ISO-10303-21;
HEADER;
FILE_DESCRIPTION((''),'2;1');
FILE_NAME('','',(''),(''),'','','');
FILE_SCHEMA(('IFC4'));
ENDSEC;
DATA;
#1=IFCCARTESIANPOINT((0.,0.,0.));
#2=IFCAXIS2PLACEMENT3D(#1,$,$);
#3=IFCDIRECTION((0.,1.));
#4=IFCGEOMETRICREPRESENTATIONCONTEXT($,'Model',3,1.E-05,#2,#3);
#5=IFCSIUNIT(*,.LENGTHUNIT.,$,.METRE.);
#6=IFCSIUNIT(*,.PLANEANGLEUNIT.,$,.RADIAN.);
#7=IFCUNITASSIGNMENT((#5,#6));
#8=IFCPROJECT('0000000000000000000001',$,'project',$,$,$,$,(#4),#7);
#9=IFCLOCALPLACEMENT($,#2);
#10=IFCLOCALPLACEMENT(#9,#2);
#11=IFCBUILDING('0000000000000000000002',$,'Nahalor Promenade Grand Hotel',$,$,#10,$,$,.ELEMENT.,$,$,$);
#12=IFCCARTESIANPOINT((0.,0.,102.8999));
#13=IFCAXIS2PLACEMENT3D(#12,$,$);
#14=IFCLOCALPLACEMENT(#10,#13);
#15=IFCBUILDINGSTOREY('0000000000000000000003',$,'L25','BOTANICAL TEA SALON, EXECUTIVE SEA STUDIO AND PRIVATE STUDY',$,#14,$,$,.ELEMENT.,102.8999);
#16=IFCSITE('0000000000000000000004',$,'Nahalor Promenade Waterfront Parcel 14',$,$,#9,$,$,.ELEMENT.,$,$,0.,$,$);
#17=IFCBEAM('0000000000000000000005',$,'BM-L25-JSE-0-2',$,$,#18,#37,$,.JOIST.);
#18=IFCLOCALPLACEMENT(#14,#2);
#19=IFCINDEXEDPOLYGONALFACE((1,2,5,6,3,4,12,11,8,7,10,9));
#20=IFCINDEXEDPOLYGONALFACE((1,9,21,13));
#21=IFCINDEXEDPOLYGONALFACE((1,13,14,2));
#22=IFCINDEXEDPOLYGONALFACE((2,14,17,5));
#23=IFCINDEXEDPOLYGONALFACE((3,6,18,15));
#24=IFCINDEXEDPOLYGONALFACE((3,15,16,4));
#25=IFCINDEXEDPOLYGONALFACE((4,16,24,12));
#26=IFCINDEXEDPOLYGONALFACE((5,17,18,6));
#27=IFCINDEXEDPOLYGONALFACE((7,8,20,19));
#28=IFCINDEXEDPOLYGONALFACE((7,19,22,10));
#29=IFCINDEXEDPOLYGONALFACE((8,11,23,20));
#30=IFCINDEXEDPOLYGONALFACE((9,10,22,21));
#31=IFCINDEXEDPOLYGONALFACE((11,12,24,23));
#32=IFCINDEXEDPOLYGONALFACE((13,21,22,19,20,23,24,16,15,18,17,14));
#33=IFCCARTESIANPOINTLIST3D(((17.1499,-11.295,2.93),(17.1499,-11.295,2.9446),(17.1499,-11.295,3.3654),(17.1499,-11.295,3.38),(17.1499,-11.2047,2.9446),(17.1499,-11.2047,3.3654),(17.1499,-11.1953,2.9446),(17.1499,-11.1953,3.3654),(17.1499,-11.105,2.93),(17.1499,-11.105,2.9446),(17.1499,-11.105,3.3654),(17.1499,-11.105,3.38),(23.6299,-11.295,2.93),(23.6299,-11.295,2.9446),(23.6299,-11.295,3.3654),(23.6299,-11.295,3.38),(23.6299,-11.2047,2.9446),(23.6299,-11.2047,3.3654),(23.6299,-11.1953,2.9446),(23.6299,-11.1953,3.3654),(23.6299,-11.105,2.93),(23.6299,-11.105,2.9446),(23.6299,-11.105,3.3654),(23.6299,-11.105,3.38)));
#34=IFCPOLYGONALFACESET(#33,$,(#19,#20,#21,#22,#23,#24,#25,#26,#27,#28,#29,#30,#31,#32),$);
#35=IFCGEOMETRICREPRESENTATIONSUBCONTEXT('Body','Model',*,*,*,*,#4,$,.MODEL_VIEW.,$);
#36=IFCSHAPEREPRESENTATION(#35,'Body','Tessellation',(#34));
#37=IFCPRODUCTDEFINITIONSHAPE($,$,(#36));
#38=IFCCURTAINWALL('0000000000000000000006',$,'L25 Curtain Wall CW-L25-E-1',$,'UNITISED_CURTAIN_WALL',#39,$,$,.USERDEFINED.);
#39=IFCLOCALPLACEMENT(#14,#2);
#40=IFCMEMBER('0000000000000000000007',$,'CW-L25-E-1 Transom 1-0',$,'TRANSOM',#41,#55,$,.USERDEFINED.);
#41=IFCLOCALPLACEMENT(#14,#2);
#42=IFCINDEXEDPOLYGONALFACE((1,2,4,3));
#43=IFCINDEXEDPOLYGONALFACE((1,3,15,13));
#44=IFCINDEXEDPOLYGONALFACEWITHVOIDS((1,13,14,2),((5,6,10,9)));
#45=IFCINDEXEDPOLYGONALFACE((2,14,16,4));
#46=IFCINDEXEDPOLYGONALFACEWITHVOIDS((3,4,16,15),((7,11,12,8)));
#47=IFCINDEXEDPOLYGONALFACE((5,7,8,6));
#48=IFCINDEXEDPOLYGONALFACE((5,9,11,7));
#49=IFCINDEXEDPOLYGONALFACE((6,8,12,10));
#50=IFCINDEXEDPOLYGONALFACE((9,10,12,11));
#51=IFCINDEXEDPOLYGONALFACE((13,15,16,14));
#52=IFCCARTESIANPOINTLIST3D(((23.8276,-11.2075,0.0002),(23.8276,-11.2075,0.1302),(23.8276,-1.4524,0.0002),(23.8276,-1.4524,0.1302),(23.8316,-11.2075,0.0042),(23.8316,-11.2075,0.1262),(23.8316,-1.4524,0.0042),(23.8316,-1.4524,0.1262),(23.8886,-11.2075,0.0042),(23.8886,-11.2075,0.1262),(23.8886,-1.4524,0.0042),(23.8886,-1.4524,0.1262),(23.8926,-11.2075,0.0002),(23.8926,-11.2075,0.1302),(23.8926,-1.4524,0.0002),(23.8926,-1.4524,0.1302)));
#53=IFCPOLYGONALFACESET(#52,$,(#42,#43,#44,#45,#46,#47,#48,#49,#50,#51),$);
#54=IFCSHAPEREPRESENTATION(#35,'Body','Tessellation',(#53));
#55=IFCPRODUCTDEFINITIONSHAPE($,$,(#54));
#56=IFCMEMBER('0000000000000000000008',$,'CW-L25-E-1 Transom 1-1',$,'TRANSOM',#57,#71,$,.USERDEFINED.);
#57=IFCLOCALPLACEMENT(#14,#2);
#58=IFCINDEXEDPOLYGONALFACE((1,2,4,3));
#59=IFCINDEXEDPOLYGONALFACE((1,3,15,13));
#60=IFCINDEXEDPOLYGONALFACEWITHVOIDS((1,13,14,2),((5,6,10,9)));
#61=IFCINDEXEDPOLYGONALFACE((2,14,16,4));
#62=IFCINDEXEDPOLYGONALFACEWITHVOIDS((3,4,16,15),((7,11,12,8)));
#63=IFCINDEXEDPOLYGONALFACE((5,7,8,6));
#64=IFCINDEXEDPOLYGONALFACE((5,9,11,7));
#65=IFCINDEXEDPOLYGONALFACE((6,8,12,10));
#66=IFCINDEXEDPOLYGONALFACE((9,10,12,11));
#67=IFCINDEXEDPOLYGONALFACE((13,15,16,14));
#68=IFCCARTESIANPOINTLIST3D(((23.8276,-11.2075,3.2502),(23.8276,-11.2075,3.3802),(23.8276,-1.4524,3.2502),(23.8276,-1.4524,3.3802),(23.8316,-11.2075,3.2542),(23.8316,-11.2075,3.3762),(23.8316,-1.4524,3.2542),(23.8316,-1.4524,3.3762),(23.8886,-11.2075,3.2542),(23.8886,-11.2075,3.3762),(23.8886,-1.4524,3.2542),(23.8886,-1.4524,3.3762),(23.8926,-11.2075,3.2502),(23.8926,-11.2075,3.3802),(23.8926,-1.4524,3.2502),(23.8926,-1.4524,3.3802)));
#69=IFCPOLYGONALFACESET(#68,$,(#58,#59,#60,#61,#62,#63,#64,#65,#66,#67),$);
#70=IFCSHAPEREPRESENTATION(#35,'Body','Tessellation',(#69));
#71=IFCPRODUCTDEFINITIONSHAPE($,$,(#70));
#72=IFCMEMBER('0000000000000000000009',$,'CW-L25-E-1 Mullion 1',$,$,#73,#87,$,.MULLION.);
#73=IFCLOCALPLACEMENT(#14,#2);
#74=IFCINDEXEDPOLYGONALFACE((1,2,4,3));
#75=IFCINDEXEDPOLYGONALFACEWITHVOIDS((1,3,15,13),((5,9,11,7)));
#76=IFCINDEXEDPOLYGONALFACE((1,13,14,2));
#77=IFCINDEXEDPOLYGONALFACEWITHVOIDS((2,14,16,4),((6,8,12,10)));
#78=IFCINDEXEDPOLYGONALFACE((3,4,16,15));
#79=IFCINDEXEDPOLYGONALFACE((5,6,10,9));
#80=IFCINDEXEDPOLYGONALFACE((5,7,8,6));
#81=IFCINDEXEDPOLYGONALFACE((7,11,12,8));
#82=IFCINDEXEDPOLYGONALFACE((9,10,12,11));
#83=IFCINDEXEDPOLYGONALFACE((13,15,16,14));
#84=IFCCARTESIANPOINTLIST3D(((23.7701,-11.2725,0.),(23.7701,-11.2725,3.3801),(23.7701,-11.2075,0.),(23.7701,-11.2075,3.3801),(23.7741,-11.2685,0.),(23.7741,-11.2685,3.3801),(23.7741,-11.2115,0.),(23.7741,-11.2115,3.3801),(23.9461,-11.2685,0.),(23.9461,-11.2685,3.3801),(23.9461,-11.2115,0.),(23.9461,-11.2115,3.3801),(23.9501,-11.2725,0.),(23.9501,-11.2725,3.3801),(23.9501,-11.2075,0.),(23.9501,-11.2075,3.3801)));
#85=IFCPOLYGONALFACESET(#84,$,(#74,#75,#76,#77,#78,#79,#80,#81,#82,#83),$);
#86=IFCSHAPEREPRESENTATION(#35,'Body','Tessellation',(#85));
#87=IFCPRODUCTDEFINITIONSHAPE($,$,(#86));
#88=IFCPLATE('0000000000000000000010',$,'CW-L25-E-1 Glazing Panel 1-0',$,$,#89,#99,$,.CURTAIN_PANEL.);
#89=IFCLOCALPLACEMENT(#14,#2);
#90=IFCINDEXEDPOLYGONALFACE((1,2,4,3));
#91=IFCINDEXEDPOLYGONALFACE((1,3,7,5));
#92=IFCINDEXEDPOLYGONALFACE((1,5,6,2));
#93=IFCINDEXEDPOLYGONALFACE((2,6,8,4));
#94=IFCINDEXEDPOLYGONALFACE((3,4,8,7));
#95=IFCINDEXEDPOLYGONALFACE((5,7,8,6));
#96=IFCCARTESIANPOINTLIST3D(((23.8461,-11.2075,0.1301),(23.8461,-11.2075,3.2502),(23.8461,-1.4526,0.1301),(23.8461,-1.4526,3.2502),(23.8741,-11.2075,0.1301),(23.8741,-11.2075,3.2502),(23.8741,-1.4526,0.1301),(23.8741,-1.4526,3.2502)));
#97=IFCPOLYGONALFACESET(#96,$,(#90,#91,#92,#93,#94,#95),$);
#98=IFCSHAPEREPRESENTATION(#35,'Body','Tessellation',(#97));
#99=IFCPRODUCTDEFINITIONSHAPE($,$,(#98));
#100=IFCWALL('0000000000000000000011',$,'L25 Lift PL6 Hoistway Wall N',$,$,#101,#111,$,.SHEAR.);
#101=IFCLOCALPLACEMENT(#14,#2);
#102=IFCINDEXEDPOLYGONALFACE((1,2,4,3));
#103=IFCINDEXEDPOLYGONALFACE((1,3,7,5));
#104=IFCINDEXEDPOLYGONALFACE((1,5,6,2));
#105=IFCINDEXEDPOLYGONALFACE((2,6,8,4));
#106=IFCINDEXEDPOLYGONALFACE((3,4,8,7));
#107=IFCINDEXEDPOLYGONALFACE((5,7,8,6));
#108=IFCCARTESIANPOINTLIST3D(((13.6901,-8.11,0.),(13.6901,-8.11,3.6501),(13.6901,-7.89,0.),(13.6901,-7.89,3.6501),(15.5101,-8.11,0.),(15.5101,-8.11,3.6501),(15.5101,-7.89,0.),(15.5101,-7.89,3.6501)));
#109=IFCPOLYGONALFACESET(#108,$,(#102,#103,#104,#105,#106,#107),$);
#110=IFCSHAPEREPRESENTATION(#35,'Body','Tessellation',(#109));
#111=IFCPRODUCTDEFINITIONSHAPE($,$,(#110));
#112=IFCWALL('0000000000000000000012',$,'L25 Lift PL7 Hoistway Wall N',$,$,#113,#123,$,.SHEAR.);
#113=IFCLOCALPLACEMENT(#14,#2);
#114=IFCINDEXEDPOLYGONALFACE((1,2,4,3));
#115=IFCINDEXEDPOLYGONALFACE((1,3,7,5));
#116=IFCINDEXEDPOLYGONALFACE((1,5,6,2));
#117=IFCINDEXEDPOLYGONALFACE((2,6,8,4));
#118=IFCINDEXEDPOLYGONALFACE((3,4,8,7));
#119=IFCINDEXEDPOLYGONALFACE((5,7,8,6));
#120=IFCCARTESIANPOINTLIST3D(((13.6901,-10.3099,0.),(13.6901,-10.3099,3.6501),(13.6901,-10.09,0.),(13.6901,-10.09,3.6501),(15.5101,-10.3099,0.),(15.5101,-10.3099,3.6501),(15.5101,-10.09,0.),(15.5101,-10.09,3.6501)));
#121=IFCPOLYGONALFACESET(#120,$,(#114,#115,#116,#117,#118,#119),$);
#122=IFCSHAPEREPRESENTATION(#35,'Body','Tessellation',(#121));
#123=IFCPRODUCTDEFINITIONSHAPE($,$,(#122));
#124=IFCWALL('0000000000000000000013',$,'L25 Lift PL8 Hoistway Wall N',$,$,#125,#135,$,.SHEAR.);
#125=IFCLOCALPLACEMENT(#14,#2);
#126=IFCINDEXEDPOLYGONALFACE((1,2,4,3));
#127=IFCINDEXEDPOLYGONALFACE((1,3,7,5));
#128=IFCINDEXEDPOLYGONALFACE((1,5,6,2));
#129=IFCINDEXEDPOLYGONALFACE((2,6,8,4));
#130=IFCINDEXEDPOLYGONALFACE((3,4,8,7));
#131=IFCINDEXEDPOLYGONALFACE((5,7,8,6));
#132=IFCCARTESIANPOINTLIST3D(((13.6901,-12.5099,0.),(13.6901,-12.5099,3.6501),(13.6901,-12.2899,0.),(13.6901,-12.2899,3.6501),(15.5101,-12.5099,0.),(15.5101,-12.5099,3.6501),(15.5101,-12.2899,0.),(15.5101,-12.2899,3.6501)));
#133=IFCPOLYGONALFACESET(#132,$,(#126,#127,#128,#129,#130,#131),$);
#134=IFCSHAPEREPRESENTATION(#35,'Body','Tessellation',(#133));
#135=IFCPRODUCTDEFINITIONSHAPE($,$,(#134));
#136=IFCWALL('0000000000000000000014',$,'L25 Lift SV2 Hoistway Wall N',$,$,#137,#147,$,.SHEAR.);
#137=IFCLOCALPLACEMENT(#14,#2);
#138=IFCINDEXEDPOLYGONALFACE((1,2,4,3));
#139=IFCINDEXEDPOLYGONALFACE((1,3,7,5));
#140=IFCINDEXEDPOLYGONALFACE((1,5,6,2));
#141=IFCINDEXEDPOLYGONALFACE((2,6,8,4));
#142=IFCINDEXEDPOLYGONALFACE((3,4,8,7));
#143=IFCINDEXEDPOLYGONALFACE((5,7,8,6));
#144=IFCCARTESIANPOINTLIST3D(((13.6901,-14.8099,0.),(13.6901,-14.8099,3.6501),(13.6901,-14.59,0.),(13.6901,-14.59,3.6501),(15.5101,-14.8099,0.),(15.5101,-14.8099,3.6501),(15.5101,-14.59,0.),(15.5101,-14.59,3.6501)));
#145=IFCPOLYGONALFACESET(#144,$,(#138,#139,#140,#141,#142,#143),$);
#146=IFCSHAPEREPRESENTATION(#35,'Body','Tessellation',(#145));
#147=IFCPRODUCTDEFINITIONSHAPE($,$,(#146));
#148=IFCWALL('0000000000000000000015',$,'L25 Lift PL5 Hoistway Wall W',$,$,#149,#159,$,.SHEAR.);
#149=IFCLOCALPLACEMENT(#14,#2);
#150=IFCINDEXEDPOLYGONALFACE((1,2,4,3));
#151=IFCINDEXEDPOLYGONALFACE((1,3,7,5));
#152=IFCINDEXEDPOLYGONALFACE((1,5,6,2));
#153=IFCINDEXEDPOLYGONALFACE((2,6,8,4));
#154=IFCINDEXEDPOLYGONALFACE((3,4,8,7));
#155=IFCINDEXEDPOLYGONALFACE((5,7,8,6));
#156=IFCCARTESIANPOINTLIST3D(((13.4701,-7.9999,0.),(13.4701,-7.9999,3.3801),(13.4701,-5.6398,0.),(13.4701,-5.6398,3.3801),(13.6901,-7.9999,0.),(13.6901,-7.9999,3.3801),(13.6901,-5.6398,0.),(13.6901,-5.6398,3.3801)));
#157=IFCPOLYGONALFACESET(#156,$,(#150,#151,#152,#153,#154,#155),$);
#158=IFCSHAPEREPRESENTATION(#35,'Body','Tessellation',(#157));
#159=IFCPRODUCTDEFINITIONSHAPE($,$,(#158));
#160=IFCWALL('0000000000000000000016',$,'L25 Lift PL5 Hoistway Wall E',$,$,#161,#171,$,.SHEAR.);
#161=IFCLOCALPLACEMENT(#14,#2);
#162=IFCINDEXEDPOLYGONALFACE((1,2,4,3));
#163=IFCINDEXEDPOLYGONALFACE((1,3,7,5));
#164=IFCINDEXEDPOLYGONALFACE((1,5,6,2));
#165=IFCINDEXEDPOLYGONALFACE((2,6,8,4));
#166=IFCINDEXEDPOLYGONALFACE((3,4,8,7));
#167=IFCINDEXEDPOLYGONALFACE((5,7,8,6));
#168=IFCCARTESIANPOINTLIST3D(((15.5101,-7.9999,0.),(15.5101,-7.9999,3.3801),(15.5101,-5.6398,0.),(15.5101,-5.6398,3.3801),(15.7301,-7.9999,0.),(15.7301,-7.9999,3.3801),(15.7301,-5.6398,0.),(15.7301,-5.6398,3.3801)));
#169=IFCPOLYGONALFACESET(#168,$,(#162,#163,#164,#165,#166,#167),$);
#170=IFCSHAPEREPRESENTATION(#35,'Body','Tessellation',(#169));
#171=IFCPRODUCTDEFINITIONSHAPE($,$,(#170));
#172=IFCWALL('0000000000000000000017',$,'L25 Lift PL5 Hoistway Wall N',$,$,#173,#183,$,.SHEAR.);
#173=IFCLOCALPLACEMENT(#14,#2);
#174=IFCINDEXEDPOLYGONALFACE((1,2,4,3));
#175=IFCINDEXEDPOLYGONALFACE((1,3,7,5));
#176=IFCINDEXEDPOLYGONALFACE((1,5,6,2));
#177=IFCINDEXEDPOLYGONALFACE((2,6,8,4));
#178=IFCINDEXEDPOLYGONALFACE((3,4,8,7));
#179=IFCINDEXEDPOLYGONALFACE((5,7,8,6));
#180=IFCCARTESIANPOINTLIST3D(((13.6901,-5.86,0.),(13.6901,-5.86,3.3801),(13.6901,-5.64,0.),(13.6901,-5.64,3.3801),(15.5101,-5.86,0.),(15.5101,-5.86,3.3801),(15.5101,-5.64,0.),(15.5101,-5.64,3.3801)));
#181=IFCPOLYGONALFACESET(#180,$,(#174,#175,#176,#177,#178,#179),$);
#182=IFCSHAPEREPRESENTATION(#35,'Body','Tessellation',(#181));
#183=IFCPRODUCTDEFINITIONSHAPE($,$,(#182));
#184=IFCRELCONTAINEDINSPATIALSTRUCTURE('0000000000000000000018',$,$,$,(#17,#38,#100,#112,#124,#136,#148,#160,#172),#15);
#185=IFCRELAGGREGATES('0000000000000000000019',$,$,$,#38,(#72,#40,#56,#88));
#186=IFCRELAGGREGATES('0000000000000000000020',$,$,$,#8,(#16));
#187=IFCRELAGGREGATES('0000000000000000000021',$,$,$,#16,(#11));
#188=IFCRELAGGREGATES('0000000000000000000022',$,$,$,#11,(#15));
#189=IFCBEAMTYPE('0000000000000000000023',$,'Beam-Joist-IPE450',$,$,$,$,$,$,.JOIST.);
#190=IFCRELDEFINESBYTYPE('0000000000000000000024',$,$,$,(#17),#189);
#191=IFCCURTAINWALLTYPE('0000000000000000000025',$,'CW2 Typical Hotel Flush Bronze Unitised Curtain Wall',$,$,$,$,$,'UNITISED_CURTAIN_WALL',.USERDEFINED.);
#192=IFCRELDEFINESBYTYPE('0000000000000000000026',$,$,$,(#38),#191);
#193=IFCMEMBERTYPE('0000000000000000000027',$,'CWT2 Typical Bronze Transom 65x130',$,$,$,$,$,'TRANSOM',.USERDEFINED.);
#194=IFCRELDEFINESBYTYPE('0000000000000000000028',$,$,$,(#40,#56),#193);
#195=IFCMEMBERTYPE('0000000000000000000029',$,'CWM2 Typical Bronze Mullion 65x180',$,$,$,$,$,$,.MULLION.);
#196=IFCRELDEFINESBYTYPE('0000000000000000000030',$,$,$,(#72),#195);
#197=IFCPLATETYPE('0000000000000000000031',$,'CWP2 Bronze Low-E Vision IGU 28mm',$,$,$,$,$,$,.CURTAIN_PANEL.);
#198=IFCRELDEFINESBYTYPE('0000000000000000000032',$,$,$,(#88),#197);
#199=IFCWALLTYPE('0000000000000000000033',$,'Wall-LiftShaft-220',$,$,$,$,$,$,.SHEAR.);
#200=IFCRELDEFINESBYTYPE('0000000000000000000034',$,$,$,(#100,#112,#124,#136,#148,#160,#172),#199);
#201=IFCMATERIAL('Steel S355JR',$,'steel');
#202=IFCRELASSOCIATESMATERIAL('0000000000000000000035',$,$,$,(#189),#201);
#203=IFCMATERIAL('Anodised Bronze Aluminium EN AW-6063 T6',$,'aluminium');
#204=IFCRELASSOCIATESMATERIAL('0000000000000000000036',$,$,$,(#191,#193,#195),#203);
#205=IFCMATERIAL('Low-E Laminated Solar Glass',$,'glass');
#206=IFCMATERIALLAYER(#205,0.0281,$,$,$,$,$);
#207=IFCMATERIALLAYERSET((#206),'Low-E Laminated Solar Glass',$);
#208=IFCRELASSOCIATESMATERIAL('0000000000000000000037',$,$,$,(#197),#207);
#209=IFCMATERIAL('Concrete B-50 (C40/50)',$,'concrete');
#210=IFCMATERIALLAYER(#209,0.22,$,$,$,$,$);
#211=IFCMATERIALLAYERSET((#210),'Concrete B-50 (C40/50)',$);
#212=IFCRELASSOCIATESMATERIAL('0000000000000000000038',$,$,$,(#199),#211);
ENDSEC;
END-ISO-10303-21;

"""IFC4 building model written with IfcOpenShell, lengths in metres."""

from ifc_helpers import new_model, si_unit, direction, frame, frame_2d, origin, origin_2d, place, context, subcontext, project, spatial, rectangle, hollow_rectangle, i_section, extrude, source, transform, mapped, material, layer, layer_set, material_profile, profile_set, type_object, element, aggregate, save


model = new_model("IFC4")

# Units and contexts
model_context = context("Model", 3, precision=1e-05, world=origin(), true_north=direction((0.0, 1.0)))
body_context = subcontext(model_context, "Body", "Model", "MODEL_VIEW")
ifc_project = project(units=[si_unit("LENGTHUNIT", "METRE"), si_unit("PLANEANGLEUNIT", "RADIAN")], contexts=[model_context])

# Site, building, storey
site_placement = place(None, origin())
site = spatial("IfcSite", under=ifc_project, at=site_placement, Name="Nahalor Promenade Waterfront Parcel 14", CompositionType="ELEMENT", RefElevation=0.0)
building_placement = place(site_placement, origin())
building = spatial("IfcBuilding", under=site, at=building_placement, Name="Nahalor Promenade Grand Hotel", CompositionType="ELEMENT")
storey_placement = place(building_placement, frame((0.0, 0.0, 102.8999)))
storey = spatial("IfcBuildingStorey", under=building, at=storey_placement, Name="L25", Description="BOTANICAL TEA SALON, EXECUTIVE SEA STUDIO AND PRIVATE STUDY", CompositionType="ELEMENT", Elevation=102.8999)

# Beam
ifc_material_1 = material(Name="Steel S355JR", Category="steel")
ifc_material_profile_1 = material_profile(ifc_material_1, i_section(OverallWidth=0.19, OverallDepth=0.45, WebThickness=0.0094, FlangeThickness=0.0146, at=origin_2d()), Name="IPE 450")
ifc_profile_set_1 = profile_set([ifc_material_profile_1], Name="Steel S355JR")
beam_type_1 = type_object("IfcBeamType", Name="Beam-Joist-IPE450", PredefinedType="JOIST", material=ifc_profile_set_1)
shared_shape_1 = source(origin(), body_context, "Body", "SweptSolid", [
    extrude(i_section(OverallWidth=0.19, OverallDepth=0.45, WebThickness=0.0094, FlangeThickness=0.0146, at=origin_2d()), origin(), (0.0, 0.0, 1.0), 6.48),
])
beam_1_placement = place(storey_placement, frame((17.1499, -11.2, 3.155), z_axis=(1.0, 0.0, 0.0), x_axis=(0.0, 1.0, 0.0)))
element("IfcBeam", 1, at=beam_1_placement, inside=storey, type_object=beam_type_1, Name="BM-L25-JSE-0-2", PredefinedType="JOIST", context=body_context, shape_type="MappedRepresentation", body=[
    mapped(shared_shape_1, transform((0.0, 0.0, 0.0), scale=1.0)),
])

# Curtain wall, members, plate
ifc_material_2 = material(Name="Anodised Bronze Aluminium EN AW-6063 T6", Category="aluminium")
curtain_wall_type = type_object("IfcCurtainWallType", Name="CW2 Typical Hotel Flush Bronze Unitised Curtain Wall", ElementType="UNITISED_CURTAIN_WALL", PredefinedType="USERDEFINED", material=ifc_material_2)
curtain_wall_placement = place(storey_placement, origin())
curtain_wall = element("IfcCurtainWall", 2, at=curtain_wall_placement, inside=storey, type_object=curtain_wall_type, Name="L25 Curtain Wall CW-L25-E-1", ObjectType="UNITISED_CURTAIN_WALL", PredefinedType="USERDEFINED")
ifc_material_profile_2 = material_profile(ifc_material_2, hollow_rectangle(XDim=0.065, YDim=0.13, WallThickness=0.004, at=origin_2d()), Name="CWT 65x130x4")
ifc_profile_set_2 = profile_set([ifc_material_profile_2], Name="Anodised Bronze Aluminium EN AW-6063 T6")
member_type_1 = type_object("IfcMemberType", Name="CWT2 Typical Bronze Transom 65x130", ElementType="TRANSOM", PredefinedType="USERDEFINED", material=ifc_profile_set_2)
shared_shape_2 = source(origin(), body_context, "Body", "SweptSolid", [
    extrude(hollow_rectangle(XDim=0.065, YDim=0.13, WallThickness=0.004, at=origin_2d()), origin(), (0.0, 0.0, 1.0), 9.7551),
])
member_1_placement = place(storey_placement, frame((23.8601, -11.2075, 0.0652), z_axis=(0.0, 1.0, 0.0), x_axis=(-1.0, 0.0, 0.0)))
member_1 = element("IfcMember", 3, at=member_1_placement, type_object=member_type_1, Name="CW-L25-E-1 Transom 1-0", ObjectType="TRANSOM", PredefinedType="USERDEFINED", context=body_context, shape_type="MappedRepresentation", body=[
    mapped(shared_shape_2, transform((0.0, 0.0, 0.0), scale=1.0)),
])
member_2_placement = place(storey_placement, frame((23.8601, -11.2075, 3.3152), z_axis=(0.0, 1.0, 0.0), x_axis=(-1.0, 0.0, 0.0)))
member_2 = element("IfcMember", 4, at=member_2_placement, type_object=member_type_1, Name="CW-L25-E-1 Transom 1-1", ObjectType="TRANSOM", PredefinedType="USERDEFINED", context=body_context, shape_type="MappedRepresentation", body=[
    mapped(shared_shape_2, transform((0.0, 0.0, 0.0), scale=1.0)),
])
ifc_material_profile_3 = material_profile(ifc_material_2, hollow_rectangle(XDim=0.065, YDim=0.18, WallThickness=0.004, at=origin_2d()), Name="CWM 65x180x4")
ifc_profile_set_3 = profile_set([ifc_material_profile_3], Name="Anodised Bronze Aluminium EN AW-6063 T6")
member_type_2 = type_object("IfcMemberType", Name="CWM2 Typical Bronze Mullion 65x180", PredefinedType="MULLION", material=ifc_profile_set_3)
shared_shape_3 = source(origin(), body_context, "Body", "SweptSolid", [
    extrude(hollow_rectangle(XDim=0.065, YDim=0.18, WallThickness=0.004, at=origin_2d()), origin(), (0.0, 0.0, 1.0), 3.3801),
])
member_3_placement = place(storey_placement, frame((23.8601, -11.24, 0.0), z_axis=(0.0, 0.0, 1.0), x_axis=(0.0, 1.0, 0.0)))
member_3 = element("IfcMember", 5, at=member_3_placement, type_object=member_type_2, Name="CW-L25-E-1 Mullion 1", PredefinedType="MULLION", context=body_context, shape_type="MappedRepresentation", body=[
    mapped(shared_shape_3, transform((0.0, 0.0, 0.0), scale=1.0)),
])
ifc_material_3 = material(Name="Low-E Laminated Solar Glass", Category="glass")
ifc_layer_1 = layer(ifc_material_3, 0.0281)
ifc_layer_set_1 = layer_set([ifc_layer_1], Name="Low-E Laminated Solar Glass")
plate_type = type_object("IfcPlateType", Name="CWP2 Bronze Low-E Vision IGU 28mm", PredefinedType="CURTAIN_PANEL", material=ifc_layer_set_1)
shared_shape_4 = source(origin(), body_context, "Body", "SweptSolid", [
    extrude(rectangle(XDim=9.7549, YDim=0.0281, at=origin_2d()), origin(), (0.0, 0.0, 1.0), 3.1201),
])
plate_placement = place(storey_placement, frame((23.8601, -6.3301, 0.1301), z_axis=(0.0, 0.0, 1.0), x_axis=(0.0, 1.0, 0.0)))
plate = element("IfcPlate", 6, at=plate_placement, type_object=plate_type, Name="CW-L25-E-1 Glazing Panel 1-0", PredefinedType="CURTAIN_PANEL", context=body_context, shape_type="MappedRepresentation", body=[
    mapped(shared_shape_4, transform((0.0, 0.0, 0.0), scale=1.0)),
])
aggregate(curtain_wall, [member_3, member_1, member_2, plate])

# Walls
ifc_material_4 = material(Name="Concrete B-50 (C40/50)", Category="concrete")
ifc_layer_2 = layer(ifc_material_4, 0.22)
ifc_layer_set_2 = layer_set([ifc_layer_2], Name="Concrete B-50 (C40/50)")
wall_type_1 = type_object("IfcWallType", Name="Wall-LiftShaft-220", PredefinedType="SHEAR", material=ifc_layer_set_2)
shared_shape_5 = source(origin(), body_context, "Body", "SweptSolid", [
    extrude(rectangle(XDim=1.8201, YDim=0.22, at=frame_2d((0.9102, 0.0))), origin(), (0.0, 0.0, 1.0), 3.6501),
])
for number, where, z_axis, x_axis, name in (
    (7, (13.6899, -8.0, 0.0), (0.0, 0.0, 1.0), (1.0, 0.0, 0.0), "L25 Lift PL6 Hoistway Wall N"),
    (8, (13.6899, -10.2, 0.0), (0.0, 0.0, 1.0), (1.0, 0.0, 0.0), "L25 Lift PL7 Hoistway Wall N"),
    (9, (13.6899, -12.3999, 0.0), (0.0, 0.0, 1.0), (1.0, 0.0, 0.0), "L25 Lift PL8 Hoistway Wall N"),
    (10, (13.6899, -14.7, 0.0), (0.0, 0.0, 1.0), (1.0, 0.0, 0.0), "L25 Lift SV2 Hoistway Wall N"),
):
    element("IfcWall", number, at=place(storey_placement, frame(where, z_axis=z_axis, x_axis=x_axis)), inside=storey, type_object=wall_type_1, Name=name, PredefinedType="SHEAR", context=body_context, shape_type="MappedRepresentation", body=[
        mapped(shared_shape_5, transform((0.0, 0.0, 0.0), scale=1.0)),
    ])
shared_shape_6 = source(origin(), body_context, "Body", "SweptSolid", [
    extrude(rectangle(XDim=2.3601, YDim=0.22, at=frame_2d((1.1802, 0.0))), origin(), (0.0, 0.0, 1.0), 3.3801),
])
for number, where, z_axis, x_axis, name in (
    (11, (13.5801, -8.0, 0.0), (0.0, 0.0, 1.0), (0.0, 1.0, 0.0), "L25 Lift PL5 Hoistway Wall W"),
    (12, (15.6201, -8.0, 0.0), (0.0, 0.0, 1.0), (0.0, 1.0, 0.0), "L25 Lift PL5 Hoistway Wall E"),
):
    element("IfcWall", number, at=place(storey_placement, frame(where, z_axis=z_axis, x_axis=x_axis)), inside=storey, type_object=wall_type_1, Name=name, PredefinedType="SHEAR", context=body_context, shape_type="MappedRepresentation", body=[
        mapped(shared_shape_6, transform((0.0, 0.0, 0.0), scale=1.0)),
    ])
shared_shape_7 = source(origin(), body_context, "Body", "SweptSolid", [
    extrude(rectangle(XDim=1.8201, YDim=0.22, at=frame_2d((0.9102, 0.0))), origin(), (0.0, 0.0, 1.0), 3.3801),
])
wall_1_placement = place(storey_placement, frame((13.6899, -5.75, 0.0), z_axis=(0.0, 0.0, 1.0), x_axis=(1.0, 0.0, 0.0)))
element("IfcWall", 13, at=wall_1_placement, inside=storey, type_object=wall_type_1, Name="L25 Lift PL5 Hoistway Wall N", PredefinedType="SHEAR", context=body_context, shape_type="MappedRepresentation", body=[
    mapped(shared_shape_7, transform((0.0, 0.0, 0.0), scale=1.0)),
])

save(model, "model.ifc")
